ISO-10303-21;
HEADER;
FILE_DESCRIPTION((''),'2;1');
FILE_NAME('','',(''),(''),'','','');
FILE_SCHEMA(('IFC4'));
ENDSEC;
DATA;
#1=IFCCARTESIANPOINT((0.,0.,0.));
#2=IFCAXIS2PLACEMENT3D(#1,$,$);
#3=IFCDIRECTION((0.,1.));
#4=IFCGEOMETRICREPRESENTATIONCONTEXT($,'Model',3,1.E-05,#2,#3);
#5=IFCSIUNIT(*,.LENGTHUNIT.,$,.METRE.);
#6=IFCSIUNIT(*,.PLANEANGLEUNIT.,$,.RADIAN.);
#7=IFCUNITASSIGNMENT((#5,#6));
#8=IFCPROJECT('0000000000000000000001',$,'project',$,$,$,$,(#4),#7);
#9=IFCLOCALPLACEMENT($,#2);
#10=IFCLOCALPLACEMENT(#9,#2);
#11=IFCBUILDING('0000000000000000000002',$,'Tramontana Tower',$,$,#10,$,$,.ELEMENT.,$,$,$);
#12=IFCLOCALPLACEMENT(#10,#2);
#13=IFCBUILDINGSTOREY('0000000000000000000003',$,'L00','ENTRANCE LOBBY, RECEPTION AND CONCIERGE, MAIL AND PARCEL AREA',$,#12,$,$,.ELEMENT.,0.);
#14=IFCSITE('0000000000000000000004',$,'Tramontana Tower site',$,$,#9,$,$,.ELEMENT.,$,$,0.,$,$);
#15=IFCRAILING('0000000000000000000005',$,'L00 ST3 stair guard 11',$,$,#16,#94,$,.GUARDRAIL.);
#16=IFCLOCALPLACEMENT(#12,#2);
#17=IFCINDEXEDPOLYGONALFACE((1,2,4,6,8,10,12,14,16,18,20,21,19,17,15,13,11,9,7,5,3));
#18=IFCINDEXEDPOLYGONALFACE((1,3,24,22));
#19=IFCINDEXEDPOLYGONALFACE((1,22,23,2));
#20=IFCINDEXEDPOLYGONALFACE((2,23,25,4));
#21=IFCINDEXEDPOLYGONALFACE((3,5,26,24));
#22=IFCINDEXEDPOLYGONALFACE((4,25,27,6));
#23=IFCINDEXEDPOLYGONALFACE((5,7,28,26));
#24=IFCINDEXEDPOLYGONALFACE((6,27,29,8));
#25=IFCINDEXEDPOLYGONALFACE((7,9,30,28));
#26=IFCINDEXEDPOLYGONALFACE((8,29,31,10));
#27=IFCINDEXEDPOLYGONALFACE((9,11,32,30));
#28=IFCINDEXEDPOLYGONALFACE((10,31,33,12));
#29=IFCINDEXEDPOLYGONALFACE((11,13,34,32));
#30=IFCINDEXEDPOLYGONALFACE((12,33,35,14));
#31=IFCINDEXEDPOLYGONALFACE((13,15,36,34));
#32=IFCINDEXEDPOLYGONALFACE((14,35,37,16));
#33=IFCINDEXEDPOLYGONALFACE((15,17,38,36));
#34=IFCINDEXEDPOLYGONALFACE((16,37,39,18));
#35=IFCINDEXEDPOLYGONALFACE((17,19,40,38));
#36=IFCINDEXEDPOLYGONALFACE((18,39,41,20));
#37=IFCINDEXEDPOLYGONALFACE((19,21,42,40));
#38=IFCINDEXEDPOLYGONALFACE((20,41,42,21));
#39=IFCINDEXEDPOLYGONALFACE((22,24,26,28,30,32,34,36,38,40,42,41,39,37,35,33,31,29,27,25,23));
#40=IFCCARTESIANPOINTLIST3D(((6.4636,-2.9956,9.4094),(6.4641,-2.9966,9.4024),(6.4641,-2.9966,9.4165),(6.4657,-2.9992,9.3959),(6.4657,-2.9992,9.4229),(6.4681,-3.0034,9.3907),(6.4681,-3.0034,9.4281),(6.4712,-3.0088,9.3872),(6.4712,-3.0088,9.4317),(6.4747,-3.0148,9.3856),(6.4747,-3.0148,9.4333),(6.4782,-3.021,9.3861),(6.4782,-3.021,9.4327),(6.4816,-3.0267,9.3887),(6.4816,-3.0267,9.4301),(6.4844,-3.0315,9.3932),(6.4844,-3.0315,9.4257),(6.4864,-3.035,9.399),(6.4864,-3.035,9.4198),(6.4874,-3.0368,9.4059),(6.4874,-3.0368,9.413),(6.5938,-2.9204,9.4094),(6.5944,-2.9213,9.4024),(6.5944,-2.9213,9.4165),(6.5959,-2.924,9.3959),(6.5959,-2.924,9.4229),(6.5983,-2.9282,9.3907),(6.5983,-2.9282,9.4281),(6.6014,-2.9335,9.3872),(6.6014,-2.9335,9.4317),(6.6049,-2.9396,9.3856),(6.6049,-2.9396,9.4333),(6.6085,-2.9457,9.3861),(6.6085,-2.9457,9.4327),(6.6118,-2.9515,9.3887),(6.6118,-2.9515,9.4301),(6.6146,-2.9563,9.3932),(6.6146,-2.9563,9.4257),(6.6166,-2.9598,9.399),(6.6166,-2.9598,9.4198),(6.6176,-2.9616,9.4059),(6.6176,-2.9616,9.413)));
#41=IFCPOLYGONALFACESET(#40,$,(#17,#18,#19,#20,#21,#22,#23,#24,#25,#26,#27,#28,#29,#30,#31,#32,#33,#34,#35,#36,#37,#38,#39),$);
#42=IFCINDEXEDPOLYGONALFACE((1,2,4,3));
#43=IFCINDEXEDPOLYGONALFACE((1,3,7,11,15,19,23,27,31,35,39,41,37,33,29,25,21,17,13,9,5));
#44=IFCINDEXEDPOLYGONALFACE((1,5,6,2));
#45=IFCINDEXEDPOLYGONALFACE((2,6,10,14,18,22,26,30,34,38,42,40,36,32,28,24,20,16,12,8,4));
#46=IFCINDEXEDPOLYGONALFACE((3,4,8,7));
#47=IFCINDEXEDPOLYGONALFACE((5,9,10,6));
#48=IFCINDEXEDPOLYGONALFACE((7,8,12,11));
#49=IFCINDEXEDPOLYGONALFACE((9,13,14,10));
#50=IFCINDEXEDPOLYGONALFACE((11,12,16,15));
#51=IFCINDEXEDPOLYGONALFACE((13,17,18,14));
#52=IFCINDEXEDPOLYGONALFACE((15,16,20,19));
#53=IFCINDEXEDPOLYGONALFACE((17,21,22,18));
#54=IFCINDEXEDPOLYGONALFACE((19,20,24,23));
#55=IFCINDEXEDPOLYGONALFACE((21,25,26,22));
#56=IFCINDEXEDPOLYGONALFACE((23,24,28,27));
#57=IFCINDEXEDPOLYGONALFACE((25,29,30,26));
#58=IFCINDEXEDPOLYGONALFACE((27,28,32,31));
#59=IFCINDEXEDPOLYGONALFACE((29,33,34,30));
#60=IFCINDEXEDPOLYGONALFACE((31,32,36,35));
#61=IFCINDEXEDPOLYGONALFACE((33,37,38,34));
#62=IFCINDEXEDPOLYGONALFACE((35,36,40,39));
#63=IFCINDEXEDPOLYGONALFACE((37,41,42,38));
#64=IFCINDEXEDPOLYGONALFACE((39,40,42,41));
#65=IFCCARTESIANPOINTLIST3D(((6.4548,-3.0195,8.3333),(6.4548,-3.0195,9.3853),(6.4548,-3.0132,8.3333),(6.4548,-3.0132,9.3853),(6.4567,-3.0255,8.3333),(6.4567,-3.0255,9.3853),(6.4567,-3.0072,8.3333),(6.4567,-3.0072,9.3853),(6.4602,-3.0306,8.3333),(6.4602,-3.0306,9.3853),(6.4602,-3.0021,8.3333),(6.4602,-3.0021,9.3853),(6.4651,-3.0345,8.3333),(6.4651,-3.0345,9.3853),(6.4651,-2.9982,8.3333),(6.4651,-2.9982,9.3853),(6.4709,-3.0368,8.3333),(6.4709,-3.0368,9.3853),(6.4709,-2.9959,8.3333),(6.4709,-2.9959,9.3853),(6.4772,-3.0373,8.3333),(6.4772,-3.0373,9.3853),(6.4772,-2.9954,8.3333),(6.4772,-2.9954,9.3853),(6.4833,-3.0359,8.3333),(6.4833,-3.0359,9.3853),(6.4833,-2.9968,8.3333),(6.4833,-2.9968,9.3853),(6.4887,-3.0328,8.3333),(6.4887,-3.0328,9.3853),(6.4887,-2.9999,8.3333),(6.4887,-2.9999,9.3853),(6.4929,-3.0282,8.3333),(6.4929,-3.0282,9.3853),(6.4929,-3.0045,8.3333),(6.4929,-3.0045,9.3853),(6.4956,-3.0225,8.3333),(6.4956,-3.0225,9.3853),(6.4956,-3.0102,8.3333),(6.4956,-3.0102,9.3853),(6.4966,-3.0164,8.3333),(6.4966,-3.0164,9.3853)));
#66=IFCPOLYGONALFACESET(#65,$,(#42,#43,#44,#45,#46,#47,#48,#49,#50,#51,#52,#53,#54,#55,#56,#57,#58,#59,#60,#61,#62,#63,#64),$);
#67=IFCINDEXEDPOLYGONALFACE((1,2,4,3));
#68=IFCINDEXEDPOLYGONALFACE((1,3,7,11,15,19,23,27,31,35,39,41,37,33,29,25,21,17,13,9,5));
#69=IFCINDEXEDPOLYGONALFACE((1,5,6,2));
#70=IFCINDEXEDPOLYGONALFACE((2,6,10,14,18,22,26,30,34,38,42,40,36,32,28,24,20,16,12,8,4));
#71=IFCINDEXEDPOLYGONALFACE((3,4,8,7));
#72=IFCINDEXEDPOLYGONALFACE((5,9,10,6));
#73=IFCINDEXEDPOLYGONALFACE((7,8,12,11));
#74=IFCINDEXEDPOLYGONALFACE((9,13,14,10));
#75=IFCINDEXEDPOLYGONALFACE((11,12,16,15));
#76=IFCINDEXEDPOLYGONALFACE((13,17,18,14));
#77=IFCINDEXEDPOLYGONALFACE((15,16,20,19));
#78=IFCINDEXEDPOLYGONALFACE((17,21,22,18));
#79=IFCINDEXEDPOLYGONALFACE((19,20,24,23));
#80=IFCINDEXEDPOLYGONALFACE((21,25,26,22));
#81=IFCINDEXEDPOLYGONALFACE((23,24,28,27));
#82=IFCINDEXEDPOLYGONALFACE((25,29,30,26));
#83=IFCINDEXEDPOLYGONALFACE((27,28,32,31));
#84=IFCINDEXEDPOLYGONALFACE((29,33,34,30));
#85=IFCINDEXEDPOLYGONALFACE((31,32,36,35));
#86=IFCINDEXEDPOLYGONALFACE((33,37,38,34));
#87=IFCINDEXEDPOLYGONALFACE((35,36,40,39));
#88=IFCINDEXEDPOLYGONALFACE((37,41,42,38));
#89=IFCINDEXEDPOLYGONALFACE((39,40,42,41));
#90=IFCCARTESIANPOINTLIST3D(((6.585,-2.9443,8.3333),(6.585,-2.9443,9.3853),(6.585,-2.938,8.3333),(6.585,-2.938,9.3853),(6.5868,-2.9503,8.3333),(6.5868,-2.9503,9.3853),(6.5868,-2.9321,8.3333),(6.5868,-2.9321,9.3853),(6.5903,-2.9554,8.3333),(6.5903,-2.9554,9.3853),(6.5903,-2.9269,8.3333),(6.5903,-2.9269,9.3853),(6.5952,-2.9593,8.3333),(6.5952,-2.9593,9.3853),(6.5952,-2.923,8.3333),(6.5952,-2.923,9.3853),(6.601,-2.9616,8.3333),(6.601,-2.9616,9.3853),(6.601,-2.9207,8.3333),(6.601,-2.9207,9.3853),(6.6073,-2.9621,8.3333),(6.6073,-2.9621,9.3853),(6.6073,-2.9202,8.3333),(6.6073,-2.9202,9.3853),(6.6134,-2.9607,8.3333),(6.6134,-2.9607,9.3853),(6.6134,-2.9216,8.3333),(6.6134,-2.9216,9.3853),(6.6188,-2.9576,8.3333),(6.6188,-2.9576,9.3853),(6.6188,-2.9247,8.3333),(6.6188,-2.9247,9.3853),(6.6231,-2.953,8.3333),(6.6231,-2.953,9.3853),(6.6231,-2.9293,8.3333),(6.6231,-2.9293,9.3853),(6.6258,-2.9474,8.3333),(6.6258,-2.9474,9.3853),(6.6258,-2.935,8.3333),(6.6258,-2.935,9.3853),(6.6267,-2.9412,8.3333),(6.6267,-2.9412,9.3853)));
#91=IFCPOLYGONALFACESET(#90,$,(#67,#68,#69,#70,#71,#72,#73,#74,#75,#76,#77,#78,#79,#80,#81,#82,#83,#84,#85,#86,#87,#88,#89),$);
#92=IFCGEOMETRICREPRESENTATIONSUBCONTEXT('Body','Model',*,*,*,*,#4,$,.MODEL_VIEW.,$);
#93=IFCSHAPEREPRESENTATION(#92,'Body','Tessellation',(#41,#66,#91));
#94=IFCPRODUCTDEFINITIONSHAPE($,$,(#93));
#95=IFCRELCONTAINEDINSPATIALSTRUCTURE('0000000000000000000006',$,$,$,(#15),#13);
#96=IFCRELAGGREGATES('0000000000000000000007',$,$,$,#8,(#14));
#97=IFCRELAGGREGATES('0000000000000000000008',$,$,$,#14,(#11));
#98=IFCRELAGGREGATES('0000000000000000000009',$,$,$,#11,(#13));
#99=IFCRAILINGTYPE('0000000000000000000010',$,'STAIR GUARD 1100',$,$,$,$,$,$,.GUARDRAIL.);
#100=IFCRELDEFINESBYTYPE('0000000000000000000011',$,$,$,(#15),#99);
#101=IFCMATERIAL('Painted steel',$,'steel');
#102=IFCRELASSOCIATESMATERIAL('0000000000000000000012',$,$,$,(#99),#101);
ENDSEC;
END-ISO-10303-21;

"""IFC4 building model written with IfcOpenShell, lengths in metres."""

from ifc_helpers import new_model, si_unit, direction, frame, origin, origin_2d, place, context, subcontext, project, spatial, circle, extrude, material, type_object, element, save


model = new_model("IFC4")

# Units and contexts
model_context = context("Model", 3, precision=1e-05, world=origin(), true_north=direction((0.0, 1.0)))
body_context = subcontext(model_context, "Body", "Model", "MODEL_VIEW")
ifc_project = project(units=[si_unit("LENGTHUNIT", "METRE"), si_unit("PLANEANGLEUNIT", "RADIAN")], contexts=[model_context])

# Site, building, storey
site_placement = place(None, origin())
site = spatial("IfcSite", under=ifc_project, at=site_placement, Name="Tramontana Tower site", CompositionType="ELEMENT", RefElevation=0.0)
building_placement = place(site_placement, origin())
building = spatial("IfcBuilding", under=site, at=building_placement, Name="Tramontana Tower", CompositionType="ELEMENT")
storey_placement = place(building_placement, origin())
storey = spatial("IfcBuildingStorey", under=building, at=storey_placement, Name="L00", Description="ENTRANCE LOBBY, RECEPTION AND CONCIERGE, MAIL AND PARCEL AREA", CompositionType="ELEMENT", Elevation=0.0)

# Railing
ifc_material_1 = material(Name="Painted steel", Category="steel")
railing_type_1 = type_object("IfcRailingType", Name="STAIR GUARD 1100", PredefinedType="GUARDRAIL", material=ifc_material_1)
for number, where, name in (
    (1, (6.4756, -3.0164, 8.3333), "L00 ST3 stair guard 11"),
):
    element("IfcRailing", number, at=place(storey_placement, frame(where)), inside=storey, type_object=railing_type_1, Name=name, PredefinedType="GUARDRAIL", context=body_context, shape_type="SweptSolid", body=[
        extrude(circle(Radius=0.0239, at=origin_2d()), frame((0.0, 0.0, 1.0762), z_axis=(0.865834, 0.500332, 0.0), x_axis=(-0.500332, 0.865834, 0.0)), (0.0, 0.0, 1.0), 0.1504),
        extrude(circle(Radius=0.021, at=origin_2d()), origin(), (0.0, 0.0, 1.0), 1.052),
        extrude(circle(Radius=0.021, at=origin_2d()), frame((0.1301, 0.0752, 0.0)), (0.0, 0.0, 1.0), 1.052),
    ])

save(model, "model.ifc")
